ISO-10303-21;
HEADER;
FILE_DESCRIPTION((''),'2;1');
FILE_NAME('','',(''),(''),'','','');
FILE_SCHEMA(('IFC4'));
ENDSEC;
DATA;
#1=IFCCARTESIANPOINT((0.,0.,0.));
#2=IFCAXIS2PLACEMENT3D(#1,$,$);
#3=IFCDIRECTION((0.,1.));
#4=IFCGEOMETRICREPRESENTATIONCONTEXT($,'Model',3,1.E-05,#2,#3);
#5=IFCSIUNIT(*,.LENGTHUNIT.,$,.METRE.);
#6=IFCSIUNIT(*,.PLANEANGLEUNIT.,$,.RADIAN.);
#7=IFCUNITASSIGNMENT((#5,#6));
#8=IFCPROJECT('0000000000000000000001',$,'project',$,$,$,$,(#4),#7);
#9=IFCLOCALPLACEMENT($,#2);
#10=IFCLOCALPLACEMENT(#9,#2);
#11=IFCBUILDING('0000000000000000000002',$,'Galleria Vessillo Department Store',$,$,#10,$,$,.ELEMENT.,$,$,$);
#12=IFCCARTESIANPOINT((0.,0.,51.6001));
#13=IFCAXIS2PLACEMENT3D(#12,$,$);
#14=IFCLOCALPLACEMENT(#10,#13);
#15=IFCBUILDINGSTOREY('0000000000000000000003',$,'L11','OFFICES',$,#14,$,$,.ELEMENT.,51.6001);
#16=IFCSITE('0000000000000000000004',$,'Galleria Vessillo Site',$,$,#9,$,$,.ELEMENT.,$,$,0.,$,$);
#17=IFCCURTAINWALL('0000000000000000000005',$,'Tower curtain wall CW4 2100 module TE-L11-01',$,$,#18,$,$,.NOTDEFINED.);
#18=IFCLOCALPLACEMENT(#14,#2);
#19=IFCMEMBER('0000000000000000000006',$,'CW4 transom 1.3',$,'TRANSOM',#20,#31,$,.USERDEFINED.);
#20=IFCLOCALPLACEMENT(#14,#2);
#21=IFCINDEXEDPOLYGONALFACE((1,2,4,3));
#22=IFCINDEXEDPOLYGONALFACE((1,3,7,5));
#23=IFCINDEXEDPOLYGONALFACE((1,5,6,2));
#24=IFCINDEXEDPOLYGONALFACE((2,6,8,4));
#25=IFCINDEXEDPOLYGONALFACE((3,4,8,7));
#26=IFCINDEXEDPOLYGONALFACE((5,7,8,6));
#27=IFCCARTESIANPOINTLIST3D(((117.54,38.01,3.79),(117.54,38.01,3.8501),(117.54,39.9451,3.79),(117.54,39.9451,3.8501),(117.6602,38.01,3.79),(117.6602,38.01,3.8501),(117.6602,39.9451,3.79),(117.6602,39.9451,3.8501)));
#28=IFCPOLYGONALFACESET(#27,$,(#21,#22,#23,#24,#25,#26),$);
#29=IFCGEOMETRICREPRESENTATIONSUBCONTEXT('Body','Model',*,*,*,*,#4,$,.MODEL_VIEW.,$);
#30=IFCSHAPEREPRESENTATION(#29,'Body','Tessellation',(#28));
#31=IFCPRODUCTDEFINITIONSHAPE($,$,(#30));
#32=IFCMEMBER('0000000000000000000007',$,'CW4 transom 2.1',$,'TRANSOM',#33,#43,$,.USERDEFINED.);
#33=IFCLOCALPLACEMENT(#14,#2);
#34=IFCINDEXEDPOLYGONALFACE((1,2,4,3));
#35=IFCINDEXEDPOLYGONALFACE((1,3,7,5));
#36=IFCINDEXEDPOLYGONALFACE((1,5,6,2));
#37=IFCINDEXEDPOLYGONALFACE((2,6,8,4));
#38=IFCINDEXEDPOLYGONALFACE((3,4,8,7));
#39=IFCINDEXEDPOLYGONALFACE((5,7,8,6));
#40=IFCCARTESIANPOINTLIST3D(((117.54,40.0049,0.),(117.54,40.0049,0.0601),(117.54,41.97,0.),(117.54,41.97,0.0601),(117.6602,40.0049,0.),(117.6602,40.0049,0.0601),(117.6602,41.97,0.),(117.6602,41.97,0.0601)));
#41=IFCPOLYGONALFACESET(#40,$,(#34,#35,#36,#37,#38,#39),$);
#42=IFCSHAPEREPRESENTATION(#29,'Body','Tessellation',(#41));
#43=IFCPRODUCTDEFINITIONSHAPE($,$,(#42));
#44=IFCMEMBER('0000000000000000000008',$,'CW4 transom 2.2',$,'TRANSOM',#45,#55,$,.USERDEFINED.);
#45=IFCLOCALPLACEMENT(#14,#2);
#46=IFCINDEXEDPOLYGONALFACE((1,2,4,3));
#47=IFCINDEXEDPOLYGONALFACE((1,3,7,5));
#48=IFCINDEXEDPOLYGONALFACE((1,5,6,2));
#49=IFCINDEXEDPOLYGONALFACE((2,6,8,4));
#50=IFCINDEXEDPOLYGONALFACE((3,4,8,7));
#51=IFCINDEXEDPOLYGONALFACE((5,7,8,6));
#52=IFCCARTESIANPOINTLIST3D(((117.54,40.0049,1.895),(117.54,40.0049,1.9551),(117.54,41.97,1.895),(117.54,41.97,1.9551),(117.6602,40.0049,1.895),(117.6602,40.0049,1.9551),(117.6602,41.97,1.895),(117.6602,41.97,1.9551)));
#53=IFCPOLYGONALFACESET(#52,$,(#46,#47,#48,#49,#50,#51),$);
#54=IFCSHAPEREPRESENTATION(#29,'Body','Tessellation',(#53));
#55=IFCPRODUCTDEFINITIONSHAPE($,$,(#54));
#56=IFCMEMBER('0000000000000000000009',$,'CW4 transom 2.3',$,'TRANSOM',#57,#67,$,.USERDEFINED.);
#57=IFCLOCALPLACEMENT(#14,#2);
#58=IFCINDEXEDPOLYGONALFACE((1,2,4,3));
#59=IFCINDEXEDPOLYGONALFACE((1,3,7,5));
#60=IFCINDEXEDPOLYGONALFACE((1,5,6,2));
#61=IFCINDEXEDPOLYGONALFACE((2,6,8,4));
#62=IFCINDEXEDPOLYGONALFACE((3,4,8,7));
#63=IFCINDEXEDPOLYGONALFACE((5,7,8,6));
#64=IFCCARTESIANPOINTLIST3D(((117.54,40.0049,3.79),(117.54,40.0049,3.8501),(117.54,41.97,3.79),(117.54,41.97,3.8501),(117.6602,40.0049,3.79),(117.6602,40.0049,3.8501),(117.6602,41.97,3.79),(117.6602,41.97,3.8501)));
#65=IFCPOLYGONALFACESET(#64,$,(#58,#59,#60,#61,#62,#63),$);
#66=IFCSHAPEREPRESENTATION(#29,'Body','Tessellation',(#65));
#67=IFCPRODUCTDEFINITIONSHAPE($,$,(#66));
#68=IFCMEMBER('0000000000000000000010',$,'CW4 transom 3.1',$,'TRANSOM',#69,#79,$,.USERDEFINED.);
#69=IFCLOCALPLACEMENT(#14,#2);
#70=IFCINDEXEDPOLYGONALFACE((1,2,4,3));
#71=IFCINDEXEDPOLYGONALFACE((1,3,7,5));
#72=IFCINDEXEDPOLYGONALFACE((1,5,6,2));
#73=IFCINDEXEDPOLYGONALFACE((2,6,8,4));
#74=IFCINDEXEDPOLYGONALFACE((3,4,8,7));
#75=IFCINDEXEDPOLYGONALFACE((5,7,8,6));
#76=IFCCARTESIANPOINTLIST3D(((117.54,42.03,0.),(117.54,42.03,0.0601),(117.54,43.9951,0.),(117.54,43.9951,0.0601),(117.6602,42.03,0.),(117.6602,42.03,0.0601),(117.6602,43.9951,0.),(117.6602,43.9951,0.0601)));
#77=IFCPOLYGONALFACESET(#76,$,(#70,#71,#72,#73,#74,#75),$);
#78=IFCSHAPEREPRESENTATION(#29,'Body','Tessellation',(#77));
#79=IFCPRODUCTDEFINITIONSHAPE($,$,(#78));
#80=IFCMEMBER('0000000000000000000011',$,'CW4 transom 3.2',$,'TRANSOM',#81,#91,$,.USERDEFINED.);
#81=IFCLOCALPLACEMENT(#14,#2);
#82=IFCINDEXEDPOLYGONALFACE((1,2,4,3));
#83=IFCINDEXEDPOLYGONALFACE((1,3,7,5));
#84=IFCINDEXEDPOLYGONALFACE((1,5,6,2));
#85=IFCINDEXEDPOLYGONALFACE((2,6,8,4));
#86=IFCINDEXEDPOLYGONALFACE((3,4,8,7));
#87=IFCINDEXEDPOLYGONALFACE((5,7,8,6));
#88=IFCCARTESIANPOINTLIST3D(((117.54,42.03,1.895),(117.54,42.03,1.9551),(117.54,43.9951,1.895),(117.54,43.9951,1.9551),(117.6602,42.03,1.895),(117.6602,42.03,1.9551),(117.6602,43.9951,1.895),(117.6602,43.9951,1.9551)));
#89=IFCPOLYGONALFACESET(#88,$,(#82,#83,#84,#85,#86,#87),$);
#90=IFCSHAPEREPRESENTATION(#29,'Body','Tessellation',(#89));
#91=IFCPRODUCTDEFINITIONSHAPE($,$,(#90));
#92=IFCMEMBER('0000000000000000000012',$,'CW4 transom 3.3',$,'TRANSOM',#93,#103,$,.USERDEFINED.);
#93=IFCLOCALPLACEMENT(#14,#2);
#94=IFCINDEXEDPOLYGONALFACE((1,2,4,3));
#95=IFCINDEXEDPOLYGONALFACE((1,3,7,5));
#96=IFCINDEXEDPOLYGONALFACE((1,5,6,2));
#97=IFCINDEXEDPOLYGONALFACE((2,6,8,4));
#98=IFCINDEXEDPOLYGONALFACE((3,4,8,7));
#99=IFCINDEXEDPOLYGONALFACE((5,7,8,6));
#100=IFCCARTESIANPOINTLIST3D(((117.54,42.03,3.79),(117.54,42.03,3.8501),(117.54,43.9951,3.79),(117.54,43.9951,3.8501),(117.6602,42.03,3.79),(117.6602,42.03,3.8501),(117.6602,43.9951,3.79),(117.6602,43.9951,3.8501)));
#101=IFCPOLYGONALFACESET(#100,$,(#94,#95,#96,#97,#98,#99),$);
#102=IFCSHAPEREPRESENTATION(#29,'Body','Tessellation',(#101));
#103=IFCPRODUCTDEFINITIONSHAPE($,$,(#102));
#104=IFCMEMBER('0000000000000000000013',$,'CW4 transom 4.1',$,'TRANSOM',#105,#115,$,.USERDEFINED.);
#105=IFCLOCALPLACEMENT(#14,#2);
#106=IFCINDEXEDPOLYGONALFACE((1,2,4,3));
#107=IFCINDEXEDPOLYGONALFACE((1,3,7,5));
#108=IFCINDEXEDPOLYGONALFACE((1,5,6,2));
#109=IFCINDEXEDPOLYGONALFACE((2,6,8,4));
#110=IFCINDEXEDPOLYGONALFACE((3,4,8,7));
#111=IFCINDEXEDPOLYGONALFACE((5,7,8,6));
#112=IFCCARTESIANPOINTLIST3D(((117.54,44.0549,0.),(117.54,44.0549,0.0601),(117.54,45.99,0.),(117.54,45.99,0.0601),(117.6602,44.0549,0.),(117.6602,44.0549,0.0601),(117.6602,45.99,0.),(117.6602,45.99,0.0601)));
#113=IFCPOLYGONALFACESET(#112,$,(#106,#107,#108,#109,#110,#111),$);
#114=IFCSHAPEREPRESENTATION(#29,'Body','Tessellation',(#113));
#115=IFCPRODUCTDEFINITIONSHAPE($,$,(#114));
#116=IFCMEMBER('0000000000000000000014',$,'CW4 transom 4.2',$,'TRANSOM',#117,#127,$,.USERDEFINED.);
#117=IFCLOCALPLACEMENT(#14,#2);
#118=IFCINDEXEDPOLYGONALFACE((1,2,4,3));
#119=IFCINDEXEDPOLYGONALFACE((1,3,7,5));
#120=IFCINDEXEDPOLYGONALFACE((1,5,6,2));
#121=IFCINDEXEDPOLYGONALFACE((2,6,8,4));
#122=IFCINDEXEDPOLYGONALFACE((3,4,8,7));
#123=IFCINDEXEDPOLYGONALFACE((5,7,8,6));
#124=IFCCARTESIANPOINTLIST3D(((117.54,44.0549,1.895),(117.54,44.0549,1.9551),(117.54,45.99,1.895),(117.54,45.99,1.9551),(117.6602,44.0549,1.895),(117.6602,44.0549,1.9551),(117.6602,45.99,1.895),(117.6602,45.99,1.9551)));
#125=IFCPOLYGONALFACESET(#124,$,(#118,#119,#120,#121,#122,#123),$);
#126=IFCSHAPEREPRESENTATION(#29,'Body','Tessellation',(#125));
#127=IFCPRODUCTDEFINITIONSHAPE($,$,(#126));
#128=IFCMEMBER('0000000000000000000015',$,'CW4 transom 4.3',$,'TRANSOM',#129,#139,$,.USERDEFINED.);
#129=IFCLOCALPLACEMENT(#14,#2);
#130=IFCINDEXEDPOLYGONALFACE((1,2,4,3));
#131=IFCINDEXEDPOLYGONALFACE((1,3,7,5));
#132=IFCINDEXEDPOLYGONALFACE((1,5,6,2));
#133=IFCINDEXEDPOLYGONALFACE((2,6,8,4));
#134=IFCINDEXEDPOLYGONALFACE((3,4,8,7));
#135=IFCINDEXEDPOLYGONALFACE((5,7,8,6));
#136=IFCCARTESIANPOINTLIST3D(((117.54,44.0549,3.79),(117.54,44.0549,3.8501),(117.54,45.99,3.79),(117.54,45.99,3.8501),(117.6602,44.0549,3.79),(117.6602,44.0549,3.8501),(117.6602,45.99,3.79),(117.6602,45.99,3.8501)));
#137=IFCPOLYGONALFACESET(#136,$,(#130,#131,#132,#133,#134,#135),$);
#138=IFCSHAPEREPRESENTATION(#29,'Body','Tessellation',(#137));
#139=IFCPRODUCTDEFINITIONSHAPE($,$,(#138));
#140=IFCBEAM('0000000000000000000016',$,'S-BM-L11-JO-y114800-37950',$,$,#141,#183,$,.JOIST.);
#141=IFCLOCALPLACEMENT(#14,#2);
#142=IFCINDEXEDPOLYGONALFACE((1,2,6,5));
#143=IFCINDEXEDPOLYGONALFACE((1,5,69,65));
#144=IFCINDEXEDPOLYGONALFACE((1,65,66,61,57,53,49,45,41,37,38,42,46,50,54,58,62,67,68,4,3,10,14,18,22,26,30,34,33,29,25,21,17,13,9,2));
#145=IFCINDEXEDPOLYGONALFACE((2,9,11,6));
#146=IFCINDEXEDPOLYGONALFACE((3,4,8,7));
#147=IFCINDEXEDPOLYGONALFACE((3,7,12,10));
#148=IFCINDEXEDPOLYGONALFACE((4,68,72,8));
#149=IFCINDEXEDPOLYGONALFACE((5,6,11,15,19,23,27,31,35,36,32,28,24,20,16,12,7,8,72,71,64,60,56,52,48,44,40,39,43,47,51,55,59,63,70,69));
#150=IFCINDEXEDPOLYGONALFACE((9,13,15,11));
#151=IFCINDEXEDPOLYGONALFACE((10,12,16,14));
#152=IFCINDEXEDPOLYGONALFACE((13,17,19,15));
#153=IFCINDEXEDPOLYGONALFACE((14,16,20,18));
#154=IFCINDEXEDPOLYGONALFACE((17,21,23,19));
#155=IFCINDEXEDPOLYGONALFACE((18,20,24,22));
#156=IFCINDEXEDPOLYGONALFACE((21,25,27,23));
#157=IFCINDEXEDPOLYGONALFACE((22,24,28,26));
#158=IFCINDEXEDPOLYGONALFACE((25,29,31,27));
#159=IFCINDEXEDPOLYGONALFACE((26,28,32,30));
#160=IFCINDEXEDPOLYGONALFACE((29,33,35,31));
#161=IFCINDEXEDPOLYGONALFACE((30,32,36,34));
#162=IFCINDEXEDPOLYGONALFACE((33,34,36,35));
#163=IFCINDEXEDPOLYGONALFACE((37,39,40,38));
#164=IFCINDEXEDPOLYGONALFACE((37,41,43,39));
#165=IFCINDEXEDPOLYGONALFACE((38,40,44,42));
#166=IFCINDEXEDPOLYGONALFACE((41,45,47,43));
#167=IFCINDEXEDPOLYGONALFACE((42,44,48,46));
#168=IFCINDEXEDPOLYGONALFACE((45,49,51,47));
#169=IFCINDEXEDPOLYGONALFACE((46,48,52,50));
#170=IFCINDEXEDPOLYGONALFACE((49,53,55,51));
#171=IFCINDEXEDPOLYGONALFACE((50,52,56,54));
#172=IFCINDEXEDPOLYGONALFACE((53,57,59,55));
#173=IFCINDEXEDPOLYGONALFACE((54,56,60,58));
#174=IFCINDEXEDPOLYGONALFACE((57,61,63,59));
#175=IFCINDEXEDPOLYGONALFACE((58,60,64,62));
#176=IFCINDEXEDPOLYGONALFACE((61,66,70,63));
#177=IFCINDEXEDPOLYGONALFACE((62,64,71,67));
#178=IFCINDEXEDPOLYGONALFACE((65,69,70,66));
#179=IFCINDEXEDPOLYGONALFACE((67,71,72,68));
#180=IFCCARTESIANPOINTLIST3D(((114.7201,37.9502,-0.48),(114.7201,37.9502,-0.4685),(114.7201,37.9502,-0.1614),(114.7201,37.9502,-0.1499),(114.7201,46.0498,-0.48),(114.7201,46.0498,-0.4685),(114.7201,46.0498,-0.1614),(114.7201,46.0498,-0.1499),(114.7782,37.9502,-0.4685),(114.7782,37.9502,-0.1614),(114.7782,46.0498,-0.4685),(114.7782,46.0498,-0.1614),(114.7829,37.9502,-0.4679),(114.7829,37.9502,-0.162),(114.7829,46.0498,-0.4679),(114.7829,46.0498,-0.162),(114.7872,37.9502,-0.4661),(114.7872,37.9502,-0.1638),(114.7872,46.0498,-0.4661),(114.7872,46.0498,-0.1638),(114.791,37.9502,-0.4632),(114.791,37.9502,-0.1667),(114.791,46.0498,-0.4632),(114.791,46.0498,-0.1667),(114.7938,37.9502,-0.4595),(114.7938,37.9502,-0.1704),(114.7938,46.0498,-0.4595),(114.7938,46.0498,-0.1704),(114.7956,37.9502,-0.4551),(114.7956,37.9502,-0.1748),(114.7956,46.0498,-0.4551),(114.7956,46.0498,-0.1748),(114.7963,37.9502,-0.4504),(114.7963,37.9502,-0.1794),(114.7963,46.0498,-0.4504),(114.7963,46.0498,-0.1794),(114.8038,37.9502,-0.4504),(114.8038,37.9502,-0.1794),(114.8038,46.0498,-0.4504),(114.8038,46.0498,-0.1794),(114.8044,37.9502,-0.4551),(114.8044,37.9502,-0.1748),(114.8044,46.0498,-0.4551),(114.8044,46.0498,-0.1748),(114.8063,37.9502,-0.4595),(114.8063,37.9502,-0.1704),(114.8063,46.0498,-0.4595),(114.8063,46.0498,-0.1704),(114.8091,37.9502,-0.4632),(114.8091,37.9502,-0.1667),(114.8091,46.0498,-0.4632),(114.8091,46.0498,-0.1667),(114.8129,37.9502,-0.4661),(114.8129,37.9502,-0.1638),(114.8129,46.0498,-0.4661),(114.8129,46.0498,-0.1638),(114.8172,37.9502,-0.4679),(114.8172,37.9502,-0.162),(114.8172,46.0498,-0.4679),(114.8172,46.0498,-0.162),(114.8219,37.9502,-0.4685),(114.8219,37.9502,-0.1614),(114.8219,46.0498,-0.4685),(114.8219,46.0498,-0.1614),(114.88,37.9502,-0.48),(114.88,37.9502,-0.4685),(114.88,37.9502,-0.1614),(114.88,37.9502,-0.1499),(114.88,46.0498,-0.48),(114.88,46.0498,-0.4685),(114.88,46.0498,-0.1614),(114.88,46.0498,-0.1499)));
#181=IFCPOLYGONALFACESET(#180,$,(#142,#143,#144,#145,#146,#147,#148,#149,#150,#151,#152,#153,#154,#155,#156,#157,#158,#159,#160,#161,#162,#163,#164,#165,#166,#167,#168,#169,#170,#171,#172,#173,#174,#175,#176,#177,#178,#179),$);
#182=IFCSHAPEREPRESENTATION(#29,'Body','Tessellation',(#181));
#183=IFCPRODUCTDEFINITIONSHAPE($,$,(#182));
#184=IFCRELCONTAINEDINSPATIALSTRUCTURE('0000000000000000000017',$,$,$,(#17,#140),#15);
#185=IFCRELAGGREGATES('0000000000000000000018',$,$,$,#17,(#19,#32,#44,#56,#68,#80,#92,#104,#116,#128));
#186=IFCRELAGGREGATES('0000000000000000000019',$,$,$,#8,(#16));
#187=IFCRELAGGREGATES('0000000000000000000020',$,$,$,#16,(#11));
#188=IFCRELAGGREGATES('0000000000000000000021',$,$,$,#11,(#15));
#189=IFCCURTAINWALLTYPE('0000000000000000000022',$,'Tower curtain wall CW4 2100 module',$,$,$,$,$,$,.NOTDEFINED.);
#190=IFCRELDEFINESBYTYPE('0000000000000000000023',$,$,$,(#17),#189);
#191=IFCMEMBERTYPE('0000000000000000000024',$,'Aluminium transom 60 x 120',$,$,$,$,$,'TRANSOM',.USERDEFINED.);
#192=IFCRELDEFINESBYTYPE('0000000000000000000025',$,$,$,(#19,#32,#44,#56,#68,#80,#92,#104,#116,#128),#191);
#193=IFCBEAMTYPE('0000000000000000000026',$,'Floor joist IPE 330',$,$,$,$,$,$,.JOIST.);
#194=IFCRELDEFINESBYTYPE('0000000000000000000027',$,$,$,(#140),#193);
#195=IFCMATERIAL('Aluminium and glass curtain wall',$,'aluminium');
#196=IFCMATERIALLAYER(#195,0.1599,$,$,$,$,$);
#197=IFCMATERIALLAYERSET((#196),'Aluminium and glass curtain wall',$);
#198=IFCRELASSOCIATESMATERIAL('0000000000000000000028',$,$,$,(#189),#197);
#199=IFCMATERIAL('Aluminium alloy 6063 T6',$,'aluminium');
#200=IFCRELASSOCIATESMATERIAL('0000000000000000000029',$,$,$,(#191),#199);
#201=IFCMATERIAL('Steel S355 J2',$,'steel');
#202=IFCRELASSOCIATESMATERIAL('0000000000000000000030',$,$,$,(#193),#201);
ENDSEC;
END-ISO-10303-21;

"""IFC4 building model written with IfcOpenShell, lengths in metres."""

from ifc_helpers import new_model, si_unit, direction, frame, origin, origin_2d, place, context, subcontext, project, spatial, rectangle, i_section, extrude, material, layer, layer_set, material_profile, profile_set, type_object, element, aggregate, save


model = new_model("IFC4")

# Units and contexts
model_context = context("Model", 3, precision=1e-05, world=origin(), true_north=direction((0.0, 1.0)))
body_context = subcontext(model_context, "Body", "Model", "MODEL_VIEW")
ifc_project = project(units=[si_unit("LENGTHUNIT", "METRE"), si_unit("PLANEANGLEUNIT", "RADIAN")], contexts=[model_context])

# Site, building, storey
site_placement = place(None, origin())
site = spatial("IfcSite", under=ifc_project, at=site_placement, Name="Galleria Vessillo Site", CompositionType="ELEMENT", RefElevation=0.0)
building_placement = place(site_placement, origin())
building = spatial("IfcBuilding", under=site, at=building_placement, Name="Galleria Vessillo Department Store", CompositionType="ELEMENT")
storey_placement = place(building_placement, frame((0.0, 0.0, 51.6001)))
storey = spatial("IfcBuildingStorey", under=building, at=storey_placement, Name="L11", Description="OFFICES", CompositionType="ELEMENT", Elevation=51.6001)

# Curtain wall
ifc_material_1 = material(Name="Aluminium and glass curtain wall", Category="aluminium")
ifc_layer_1 = layer(ifc_material_1, 0.1599)
ifc_layer_set_1 = layer_set([ifc_layer_1], Name="Aluminium and glass curtain wall")
curtain_wall_type = type_object("IfcCurtainWallType", Name="Tower curtain wall CW4 2100 module", PredefinedType="NOTDEFINED", material=ifc_layer_set_1)
curtain_wall_1_placement = place(storey_placement, origin())
curtain_wall_1 = element("IfcCurtainWall", 1, at=curtain_wall_1_placement, inside=storey, type_object=curtain_wall_type, Name="Tower curtain wall CW4 2100 module TE-L11-01", PredefinedType="NOTDEFINED")

# Members
ifc_material_2 = material(Name="Aluminium alloy 6063 T6", Category="aluminium")
ifc_material_profile_1 = material_profile(ifc_material_2, rectangle(XDim=0.1201, YDim=0.0601, at=origin_2d()), Name="AL 60x120")
ifc_profile_set_1 = profile_set([ifc_material_profile_1], Name="Aluminium alloy 6063 T6")
member_type_1 = type_object("IfcMemberType", Name="Aluminium transom 60 x 120", ElementType="TRANSOM", PredefinedType="USERDEFINED", material=ifc_profile_set_1)
member_1_placement = place(storey_placement, frame((117.6001, 38.01, 3.8201), z_axis=(0.0, 1.0, 0.0), x_axis=(-1.0, 0.0, 0.0)))
member_1 = element("IfcMember", 2, at=member_1_placement, type_object=member_type_1, Name="CW4 transom 1.3", ObjectType="TRANSOM", PredefinedType="USERDEFINED", context=body_context, shape_type="SweptSolid", body=[
    extrude(rectangle(XDim=0.1201, YDim=0.0601, at=origin_2d()), origin(), (0.0, 0.0, 1.0), 1.9351),
])
member_2_placement = place(storey_placement, frame((117.6001, 40.0049, 0.03), z_axis=(0.0, 1.0, 0.0), x_axis=(-1.0, 0.0, 0.0)))
member_2 = element("IfcMember", 3, at=member_2_placement, type_object=member_type_1, Name="CW4 transom 2.1", ObjectType="TRANSOM", PredefinedType="USERDEFINED", context=body_context, shape_type="SweptSolid", body=[
    extrude(rectangle(XDim=0.1201, YDim=0.0601, at=origin_2d()), origin(), (0.0, 0.0, 1.0), 1.9651),
])
member_3_placement = place(storey_placement, frame((117.6001, 40.0049, 1.925), z_axis=(0.0, 1.0, 0.0), x_axis=(-1.0, 0.0, 0.0)))
member_3 = element("IfcMember", 4, at=member_3_placement, type_object=member_type_1, Name="CW4 transom 2.2", ObjectType="TRANSOM", PredefinedType="USERDEFINED", context=body_context, shape_type="SweptSolid", body=[
    extrude(rectangle(XDim=0.1201, YDim=0.0601, at=origin_2d()), origin(), (0.0, 0.0, 1.0), 1.9651),
])
member_4_placement = place(storey_placement, frame((117.6001, 40.0049, 3.8201), z_axis=(0.0, 1.0, 0.0), x_axis=(-1.0, 0.0, 0.0)))
member_4 = element("IfcMember", 5, at=member_4_placement, type_object=member_type_1, Name="CW4 transom 2.3", ObjectType="TRANSOM", PredefinedType="USERDEFINED", context=body_context, shape_type="SweptSolid", body=[
    extrude(rectangle(XDim=0.1201, YDim=0.0601, at=origin_2d()), origin(), (0.0, 0.0, 1.0), 1.9651),
])
member_5_placement = place(storey_placement, frame((117.6001, 42.03, 0.03), z_axis=(0.0, 1.0, 0.0), x_axis=(-1.0, 0.0, 0.0)))
member_5 = element("IfcMember", 6, at=member_5_placement, type_object=member_type_1, Name="CW4 transom 3.1", ObjectType="TRANSOM", PredefinedType="USERDEFINED", context=body_context, shape_type="SweptSolid", body=[
    extrude(rectangle(XDim=0.1201, YDim=0.0601, at=origin_2d()), origin(), (0.0, 0.0, 1.0), 1.9651),
])
member_6_placement = place(storey_placement, frame((117.6001, 42.03, 1.925), z_axis=(0.0, 1.0, 0.0), x_axis=(-1.0, 0.0, 0.0)))
member_6 = element("IfcMember", 7, at=member_6_placement, type_object=member_type_1, Name="CW4 transom 3.2", ObjectType="TRANSOM", PredefinedType="USERDEFINED", context=body_context, shape_type="SweptSolid", body=[
    extrude(rectangle(XDim=0.1201, YDim=0.0601, at=origin_2d()), origin(), (0.0, 0.0, 1.0), 1.9651),
])
member_7_placement = place(storey_placement, frame((117.6001, 42.03, 3.8201), z_axis=(0.0, 1.0, 0.0), x_axis=(-1.0, 0.0, 0.0)))
member_7 = element("IfcMember", 8, at=member_7_placement, type_object=member_type_1, Name="CW4 transom 3.3", ObjectType="TRANSOM", PredefinedType="USERDEFINED", context=body_context, shape_type="SweptSolid", body=[
    extrude(rectangle(XDim=0.1201, YDim=0.0601, at=origin_2d()), origin(), (0.0, 0.0, 1.0), 1.9651),
])
member_8_placement = place(storey_placement, frame((117.6001, 44.0549, 0.03), z_axis=(0.0, 1.0, 0.0), x_axis=(-1.0, 0.0, 0.0)))
member_8 = element("IfcMember", 9, at=member_8_placement, type_object=member_type_1, Name="CW4 transom 4.1", ObjectType="TRANSOM", PredefinedType="USERDEFINED", context=body_context, shape_type="SweptSolid", body=[
    extrude(rectangle(XDim=0.1201, YDim=0.0601, at=origin_2d()), origin(), (0.0, 0.0, 1.0), 1.9351),
])
member_9_placement = place(storey_placement, frame((117.6001, 44.0549, 1.925), z_axis=(0.0, 1.0, 0.0), x_axis=(-1.0, 0.0, 0.0)))
member_9 = element("IfcMember", 10, at=member_9_placement, type_object=member_type_1, Name="CW4 transom 4.2", ObjectType="TRANSOM", PredefinedType="USERDEFINED", context=body_context, shape_type="SweptSolid", body=[
    extrude(rectangle(XDim=0.1201, YDim=0.0601, at=origin_2d()), origin(), (0.0, 0.0, 1.0), 1.9351),
])
member_10_placement = place(storey_placement, frame((117.6001, 44.0549, 3.8201), z_axis=(0.0, 1.0, 0.0), x_axis=(-1.0, 0.0, 0.0)))
member_10 = element("IfcMember", 11, at=member_10_placement, type_object=member_type_1, Name="CW4 transom 4.3", ObjectType="TRANSOM", PredefinedType="USERDEFINED", context=body_context, shape_type="SweptSolid", body=[
    extrude(rectangle(XDim=0.1201, YDim=0.0601, at=origin_2d()), origin(), (0.0, 0.0, 1.0), 1.9351),
])

# Beam
ifc_material_3 = material(Name="Steel S355 J2", Category="steel")
ifc_material_profile_2 = material_profile(ifc_material_3, i_section(OverallWidth=0.1599, OverallDepth=0.3301, WebThickness=0.0076, FlangeThickness=0.0115, FilletRadius=0.0181, at=origin_2d()), Name="IPE 330")
ifc_profile_set_2 = profile_set([ifc_material_profile_2], Name="Steel S355 J2")
beam_type_1 = type_object("IfcBeamType", Name="Floor joist IPE 330", PredefinedType="JOIST", material=ifc_profile_set_2)
beam_1_placement = place(storey_placement, frame((114.8, 37.9502, -0.3149), z_axis=(0.0, 1.0, 0.0), x_axis=(-1.0, 0.0, 0.0)))
element("IfcBeam", 12, at=beam_1_placement, inside=storey, type_object=beam_type_1, Name="S-BM-L11-JO-y114800-37950", PredefinedType="JOIST", context=body_context, shape_type="SweptSolid", body=[
    extrude(i_section(OverallWidth=0.1599, OverallDepth=0.3301, WebThickness=0.0076, FlangeThickness=0.0115, FilletRadius=0.0181, at=origin_2d()), origin(), (0.0, 0.0, 1.0), 8.0996),
])

aggregate(curtain_wall_1, [member_1, member_2, member_3, member_4, member_5, member_6, member_7, member_8, member_9, member_10])

save(model, "model.ifc")
